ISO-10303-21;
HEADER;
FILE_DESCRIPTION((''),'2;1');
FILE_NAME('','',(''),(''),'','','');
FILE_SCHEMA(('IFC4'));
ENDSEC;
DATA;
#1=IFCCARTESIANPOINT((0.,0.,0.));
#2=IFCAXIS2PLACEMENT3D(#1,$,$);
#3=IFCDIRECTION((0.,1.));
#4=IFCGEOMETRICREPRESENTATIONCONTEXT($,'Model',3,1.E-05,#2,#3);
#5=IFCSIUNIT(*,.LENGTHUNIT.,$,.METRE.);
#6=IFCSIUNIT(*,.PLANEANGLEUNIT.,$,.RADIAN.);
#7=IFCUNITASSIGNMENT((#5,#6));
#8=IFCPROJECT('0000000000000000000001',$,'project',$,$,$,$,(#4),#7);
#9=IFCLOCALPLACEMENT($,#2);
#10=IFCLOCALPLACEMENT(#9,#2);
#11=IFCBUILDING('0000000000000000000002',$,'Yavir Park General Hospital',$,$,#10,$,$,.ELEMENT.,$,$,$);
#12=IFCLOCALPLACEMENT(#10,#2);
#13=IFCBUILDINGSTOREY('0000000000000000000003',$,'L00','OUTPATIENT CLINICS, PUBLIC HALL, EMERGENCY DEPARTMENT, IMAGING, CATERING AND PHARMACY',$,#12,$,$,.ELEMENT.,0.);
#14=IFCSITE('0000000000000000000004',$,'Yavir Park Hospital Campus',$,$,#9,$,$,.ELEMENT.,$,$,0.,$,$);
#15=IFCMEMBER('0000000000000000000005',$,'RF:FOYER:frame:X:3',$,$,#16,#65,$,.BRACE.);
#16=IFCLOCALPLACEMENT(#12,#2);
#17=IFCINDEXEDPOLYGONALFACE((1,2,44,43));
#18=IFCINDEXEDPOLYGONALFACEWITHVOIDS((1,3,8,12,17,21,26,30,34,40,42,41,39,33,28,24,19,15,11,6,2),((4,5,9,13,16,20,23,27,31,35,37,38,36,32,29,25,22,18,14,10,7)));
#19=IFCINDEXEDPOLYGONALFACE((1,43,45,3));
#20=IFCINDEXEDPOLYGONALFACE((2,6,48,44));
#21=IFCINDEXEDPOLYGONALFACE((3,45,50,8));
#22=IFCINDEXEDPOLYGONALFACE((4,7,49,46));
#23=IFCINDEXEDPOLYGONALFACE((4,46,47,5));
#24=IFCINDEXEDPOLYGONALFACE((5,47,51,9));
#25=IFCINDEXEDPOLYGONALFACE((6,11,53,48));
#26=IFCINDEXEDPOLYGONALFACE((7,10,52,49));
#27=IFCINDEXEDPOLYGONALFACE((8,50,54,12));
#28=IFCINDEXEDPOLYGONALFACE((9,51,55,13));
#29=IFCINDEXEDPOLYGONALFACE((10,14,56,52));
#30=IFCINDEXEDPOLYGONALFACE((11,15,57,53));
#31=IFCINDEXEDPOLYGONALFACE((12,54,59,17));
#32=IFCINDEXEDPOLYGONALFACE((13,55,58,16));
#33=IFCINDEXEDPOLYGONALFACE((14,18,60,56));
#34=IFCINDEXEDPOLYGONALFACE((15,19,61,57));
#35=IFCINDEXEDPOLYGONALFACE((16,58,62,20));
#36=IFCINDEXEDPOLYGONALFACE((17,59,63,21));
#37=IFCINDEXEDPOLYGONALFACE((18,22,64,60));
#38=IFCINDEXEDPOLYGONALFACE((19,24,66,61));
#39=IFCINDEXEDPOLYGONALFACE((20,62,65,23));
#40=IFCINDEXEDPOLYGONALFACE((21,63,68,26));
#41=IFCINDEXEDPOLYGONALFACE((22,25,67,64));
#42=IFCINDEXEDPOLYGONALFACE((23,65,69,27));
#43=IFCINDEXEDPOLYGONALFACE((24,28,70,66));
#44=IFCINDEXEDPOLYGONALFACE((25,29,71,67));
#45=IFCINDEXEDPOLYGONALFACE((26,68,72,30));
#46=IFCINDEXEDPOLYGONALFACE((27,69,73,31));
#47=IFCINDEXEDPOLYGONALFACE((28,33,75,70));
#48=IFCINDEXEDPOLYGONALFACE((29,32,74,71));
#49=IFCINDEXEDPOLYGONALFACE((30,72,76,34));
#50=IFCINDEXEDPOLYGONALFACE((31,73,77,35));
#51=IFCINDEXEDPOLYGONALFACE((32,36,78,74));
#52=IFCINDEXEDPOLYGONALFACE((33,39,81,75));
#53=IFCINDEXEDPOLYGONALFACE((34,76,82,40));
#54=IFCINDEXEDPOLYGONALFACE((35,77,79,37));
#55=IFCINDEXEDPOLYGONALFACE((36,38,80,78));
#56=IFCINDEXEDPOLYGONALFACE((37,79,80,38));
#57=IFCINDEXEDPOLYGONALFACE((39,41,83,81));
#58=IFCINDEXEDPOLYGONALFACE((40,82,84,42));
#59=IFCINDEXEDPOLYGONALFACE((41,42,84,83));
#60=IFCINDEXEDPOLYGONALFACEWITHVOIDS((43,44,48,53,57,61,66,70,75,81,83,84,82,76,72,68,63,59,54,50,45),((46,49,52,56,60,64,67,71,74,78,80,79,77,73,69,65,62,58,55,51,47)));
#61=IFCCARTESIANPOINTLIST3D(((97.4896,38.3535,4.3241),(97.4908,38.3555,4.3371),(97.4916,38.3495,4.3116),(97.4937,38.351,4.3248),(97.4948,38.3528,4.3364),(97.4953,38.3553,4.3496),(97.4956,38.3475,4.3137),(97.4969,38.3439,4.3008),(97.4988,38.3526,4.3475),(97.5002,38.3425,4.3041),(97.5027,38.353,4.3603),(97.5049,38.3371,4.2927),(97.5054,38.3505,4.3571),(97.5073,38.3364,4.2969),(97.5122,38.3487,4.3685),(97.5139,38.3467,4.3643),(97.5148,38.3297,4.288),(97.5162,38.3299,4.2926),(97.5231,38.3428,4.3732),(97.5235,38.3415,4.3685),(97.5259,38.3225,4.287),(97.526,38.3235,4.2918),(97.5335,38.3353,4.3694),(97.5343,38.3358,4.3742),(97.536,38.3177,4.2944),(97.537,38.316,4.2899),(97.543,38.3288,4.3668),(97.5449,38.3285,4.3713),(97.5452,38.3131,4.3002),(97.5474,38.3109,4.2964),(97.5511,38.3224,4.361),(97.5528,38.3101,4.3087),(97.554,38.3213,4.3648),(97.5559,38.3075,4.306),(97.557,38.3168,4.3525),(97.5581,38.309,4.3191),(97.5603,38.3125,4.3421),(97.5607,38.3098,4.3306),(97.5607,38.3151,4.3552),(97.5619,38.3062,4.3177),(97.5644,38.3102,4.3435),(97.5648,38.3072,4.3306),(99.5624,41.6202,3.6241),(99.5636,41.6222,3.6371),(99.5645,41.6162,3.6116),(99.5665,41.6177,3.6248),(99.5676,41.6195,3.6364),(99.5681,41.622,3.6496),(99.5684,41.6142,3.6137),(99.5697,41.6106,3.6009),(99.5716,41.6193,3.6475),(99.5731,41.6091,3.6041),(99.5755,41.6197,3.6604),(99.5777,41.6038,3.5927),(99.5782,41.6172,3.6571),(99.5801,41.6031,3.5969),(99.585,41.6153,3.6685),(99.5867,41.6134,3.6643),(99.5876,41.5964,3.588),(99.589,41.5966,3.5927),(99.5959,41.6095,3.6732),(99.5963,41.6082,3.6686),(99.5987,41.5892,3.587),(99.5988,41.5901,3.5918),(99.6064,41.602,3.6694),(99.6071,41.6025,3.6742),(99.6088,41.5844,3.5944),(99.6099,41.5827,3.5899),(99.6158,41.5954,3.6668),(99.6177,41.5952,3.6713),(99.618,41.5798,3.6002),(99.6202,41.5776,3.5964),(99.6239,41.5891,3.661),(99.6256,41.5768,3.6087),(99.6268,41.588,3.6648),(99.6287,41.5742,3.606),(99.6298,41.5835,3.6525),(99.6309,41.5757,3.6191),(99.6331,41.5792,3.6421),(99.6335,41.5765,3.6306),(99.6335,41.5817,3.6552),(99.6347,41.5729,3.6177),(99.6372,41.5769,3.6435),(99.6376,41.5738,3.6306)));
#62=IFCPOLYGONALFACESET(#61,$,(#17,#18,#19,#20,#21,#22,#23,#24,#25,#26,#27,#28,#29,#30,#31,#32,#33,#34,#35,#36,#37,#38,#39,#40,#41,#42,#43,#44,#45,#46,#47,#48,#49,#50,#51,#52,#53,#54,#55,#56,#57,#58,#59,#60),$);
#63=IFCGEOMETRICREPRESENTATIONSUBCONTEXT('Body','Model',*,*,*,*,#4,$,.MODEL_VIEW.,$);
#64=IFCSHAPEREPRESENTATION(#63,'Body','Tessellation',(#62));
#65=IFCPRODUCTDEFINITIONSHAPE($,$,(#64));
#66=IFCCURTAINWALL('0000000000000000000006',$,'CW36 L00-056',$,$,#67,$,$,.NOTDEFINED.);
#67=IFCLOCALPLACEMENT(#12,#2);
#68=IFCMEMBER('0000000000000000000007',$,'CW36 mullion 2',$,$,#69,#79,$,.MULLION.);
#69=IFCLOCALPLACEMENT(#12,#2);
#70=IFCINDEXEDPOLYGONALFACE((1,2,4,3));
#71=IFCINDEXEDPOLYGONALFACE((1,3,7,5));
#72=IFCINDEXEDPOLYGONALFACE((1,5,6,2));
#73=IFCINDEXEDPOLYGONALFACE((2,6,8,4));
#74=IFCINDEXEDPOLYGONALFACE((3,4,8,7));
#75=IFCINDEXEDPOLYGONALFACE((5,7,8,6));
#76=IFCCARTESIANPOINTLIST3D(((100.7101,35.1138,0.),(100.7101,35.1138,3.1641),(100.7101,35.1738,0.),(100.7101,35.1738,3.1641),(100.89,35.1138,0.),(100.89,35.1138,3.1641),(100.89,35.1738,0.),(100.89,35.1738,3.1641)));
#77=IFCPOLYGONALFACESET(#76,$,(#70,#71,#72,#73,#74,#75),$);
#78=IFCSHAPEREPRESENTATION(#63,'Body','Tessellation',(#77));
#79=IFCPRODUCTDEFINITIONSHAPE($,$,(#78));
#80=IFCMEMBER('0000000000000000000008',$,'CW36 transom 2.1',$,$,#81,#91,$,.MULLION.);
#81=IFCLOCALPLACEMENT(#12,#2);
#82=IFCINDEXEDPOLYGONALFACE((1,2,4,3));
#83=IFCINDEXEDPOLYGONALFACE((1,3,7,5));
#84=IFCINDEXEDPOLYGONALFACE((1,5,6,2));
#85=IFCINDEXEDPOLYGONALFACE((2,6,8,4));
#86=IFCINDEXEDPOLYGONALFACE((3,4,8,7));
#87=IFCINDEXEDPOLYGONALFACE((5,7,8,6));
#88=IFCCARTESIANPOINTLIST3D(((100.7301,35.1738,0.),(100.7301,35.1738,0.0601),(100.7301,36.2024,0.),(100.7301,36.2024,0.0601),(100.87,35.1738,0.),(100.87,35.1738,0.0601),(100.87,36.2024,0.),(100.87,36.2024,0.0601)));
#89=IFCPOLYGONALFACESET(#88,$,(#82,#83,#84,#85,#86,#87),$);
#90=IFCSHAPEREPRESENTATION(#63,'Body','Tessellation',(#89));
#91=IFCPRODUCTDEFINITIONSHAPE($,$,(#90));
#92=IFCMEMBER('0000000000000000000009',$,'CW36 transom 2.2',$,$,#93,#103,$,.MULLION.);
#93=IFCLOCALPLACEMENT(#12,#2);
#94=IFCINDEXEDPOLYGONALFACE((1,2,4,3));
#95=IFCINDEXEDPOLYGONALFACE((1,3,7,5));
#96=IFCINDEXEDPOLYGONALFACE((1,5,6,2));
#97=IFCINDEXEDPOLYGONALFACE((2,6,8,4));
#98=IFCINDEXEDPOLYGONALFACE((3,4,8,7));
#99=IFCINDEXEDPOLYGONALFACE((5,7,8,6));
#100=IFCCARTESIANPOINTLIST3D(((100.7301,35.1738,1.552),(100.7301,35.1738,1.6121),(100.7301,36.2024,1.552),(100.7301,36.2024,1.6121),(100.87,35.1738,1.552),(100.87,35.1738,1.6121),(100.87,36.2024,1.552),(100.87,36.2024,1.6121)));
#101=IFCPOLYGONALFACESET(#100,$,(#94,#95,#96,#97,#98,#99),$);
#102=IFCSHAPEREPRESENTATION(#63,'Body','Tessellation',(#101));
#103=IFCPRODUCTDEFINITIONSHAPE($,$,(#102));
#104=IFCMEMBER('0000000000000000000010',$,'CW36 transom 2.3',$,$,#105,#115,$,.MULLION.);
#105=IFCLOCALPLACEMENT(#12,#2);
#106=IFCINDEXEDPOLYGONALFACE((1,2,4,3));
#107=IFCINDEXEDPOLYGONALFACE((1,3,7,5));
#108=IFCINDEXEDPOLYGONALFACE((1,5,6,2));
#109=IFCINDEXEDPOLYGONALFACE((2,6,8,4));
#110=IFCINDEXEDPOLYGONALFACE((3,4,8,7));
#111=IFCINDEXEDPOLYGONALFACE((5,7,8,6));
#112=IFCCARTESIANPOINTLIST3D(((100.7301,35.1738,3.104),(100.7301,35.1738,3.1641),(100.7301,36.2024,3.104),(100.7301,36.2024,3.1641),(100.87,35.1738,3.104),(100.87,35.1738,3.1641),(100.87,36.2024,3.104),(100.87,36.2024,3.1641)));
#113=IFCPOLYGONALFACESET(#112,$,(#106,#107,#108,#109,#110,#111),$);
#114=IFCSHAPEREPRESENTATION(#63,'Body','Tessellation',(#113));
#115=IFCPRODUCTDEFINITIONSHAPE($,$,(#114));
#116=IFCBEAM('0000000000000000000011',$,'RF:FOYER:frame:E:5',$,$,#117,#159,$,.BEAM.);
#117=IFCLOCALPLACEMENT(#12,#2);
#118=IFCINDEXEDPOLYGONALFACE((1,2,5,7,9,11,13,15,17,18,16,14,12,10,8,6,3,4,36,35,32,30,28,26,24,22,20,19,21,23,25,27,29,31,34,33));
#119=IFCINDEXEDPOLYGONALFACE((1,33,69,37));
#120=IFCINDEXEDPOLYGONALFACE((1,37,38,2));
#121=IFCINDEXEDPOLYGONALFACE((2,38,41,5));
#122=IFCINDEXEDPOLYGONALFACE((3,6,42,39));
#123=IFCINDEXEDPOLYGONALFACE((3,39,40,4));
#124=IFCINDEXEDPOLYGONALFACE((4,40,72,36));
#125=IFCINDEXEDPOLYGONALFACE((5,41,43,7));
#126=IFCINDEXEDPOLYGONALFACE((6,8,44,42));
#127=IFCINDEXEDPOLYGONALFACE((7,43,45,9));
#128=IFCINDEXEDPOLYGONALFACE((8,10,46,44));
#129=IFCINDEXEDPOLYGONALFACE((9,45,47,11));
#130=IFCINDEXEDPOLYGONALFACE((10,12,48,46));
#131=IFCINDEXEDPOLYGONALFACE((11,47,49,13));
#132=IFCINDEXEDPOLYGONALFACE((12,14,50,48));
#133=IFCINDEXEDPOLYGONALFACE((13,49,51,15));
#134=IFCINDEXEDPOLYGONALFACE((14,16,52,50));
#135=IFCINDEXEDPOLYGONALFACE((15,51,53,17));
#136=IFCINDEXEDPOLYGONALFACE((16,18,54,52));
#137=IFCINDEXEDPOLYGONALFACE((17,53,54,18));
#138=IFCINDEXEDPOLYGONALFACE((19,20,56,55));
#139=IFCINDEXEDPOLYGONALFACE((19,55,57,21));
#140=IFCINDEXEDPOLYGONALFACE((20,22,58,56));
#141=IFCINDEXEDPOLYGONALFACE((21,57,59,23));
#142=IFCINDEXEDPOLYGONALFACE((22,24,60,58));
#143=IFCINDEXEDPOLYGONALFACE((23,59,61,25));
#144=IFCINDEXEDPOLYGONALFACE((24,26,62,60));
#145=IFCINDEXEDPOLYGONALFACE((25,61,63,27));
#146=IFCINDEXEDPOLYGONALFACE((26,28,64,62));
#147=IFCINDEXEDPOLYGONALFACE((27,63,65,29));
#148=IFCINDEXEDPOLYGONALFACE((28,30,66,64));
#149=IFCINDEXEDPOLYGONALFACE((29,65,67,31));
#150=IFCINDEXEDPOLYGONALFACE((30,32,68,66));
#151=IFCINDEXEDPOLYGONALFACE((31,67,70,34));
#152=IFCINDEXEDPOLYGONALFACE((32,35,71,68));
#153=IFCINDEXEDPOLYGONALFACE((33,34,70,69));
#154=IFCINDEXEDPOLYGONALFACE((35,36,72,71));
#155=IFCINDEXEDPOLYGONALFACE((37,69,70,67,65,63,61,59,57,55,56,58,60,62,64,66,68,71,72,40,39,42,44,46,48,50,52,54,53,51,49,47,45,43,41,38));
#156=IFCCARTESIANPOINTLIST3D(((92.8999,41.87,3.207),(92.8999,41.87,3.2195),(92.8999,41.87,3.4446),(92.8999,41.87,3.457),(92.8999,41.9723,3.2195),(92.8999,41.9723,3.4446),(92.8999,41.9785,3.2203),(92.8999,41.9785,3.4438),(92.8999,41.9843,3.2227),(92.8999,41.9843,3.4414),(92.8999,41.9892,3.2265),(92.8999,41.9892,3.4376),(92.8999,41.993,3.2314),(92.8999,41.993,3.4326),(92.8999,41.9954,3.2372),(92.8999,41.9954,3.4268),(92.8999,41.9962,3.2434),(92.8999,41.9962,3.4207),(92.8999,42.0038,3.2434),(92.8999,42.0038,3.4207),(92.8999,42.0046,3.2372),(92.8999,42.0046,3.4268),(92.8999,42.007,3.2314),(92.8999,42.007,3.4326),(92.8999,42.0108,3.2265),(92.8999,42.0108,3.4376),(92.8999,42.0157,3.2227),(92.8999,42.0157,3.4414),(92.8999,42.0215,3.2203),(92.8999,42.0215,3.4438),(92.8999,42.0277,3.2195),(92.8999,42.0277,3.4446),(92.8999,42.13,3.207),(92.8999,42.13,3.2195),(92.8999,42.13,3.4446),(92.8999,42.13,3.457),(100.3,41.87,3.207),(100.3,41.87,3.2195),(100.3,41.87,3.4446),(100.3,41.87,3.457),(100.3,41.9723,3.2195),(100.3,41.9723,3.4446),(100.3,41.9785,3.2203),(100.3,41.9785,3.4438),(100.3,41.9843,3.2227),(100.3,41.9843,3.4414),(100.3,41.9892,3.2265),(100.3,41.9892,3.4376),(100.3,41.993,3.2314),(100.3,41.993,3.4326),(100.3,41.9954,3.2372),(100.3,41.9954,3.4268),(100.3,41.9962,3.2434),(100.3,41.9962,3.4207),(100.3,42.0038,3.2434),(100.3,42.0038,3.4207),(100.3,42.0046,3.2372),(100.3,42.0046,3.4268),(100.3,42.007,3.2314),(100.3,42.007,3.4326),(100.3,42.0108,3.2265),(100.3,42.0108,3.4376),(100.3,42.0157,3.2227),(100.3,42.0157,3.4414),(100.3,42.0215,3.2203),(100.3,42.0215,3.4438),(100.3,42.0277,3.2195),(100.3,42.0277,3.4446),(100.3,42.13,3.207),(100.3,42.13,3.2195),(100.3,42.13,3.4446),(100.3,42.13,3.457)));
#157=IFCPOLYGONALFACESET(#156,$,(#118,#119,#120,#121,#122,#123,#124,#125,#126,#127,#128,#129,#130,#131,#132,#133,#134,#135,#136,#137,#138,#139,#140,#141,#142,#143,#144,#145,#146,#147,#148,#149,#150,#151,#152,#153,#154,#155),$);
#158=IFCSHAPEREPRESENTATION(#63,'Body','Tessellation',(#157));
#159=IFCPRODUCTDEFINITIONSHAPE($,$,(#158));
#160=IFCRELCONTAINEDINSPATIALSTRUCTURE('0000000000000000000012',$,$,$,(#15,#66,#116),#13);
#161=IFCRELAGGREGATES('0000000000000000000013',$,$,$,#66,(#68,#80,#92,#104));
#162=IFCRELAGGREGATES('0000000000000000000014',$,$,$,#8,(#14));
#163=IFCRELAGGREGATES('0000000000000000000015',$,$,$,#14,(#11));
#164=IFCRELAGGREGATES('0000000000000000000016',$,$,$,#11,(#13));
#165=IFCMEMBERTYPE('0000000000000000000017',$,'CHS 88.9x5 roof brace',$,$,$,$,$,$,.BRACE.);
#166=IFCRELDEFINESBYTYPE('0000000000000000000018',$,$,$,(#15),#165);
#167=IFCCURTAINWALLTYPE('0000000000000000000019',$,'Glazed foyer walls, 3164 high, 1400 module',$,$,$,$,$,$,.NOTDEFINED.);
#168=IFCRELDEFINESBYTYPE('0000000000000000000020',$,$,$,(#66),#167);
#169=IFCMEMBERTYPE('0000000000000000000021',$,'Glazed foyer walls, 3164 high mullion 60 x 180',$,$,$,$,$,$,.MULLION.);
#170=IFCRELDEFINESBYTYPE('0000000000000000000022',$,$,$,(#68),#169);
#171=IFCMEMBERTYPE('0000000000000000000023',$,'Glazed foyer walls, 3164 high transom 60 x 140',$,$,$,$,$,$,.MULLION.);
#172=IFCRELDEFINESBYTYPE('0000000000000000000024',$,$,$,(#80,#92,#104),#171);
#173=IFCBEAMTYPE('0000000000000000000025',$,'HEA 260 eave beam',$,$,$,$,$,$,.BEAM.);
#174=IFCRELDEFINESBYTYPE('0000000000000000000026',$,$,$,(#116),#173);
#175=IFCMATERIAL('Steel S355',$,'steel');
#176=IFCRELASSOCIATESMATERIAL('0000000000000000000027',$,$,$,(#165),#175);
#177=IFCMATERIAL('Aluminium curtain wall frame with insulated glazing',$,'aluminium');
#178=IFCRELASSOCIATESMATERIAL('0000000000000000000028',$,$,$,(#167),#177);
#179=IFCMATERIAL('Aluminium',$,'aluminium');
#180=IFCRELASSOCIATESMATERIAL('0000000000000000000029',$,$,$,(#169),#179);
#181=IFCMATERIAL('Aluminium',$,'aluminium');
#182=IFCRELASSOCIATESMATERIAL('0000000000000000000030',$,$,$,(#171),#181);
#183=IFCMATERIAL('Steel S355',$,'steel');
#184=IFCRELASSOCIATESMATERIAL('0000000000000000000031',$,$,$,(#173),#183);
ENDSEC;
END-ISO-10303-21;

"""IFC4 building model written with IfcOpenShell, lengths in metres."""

from ifc_helpers import new_model, si_unit, direction, frame, origin, origin_2d, place, context, subcontext, project, spatial, rectangle, hollow_circle, i_section, extrude, material, material_profile, profile_set, type_object, element, aggregate, save


model = new_model("IFC4")

# Units and contexts
model_context = context("Model", 3, precision=1e-05, world=origin(), true_north=direction((0.0, 1.0)))
body_context = subcontext(model_context, "Body", "Model", "MODEL_VIEW")
ifc_project = project(units=[si_unit("LENGTHUNIT", "METRE"), si_unit("PLANEANGLEUNIT", "RADIAN")], contexts=[model_context])

# Site, building, storey
site_placement = place(None, origin())
site = spatial("IfcSite", under=ifc_project, at=site_placement, Name="Yavir Park Hospital Campus", CompositionType="ELEMENT", RefElevation=0.0)
building_placement = place(site_placement, origin())
building = spatial("IfcBuilding", under=site, at=building_placement, Name="Yavir Park General Hospital", CompositionType="ELEMENT")
storey_placement = place(building_placement, origin())
storey = spatial("IfcBuildingStorey", under=building, at=storey_placement, Name="L00", Description="OUTPATIENT CLINICS, PUBLIC HALL, EMERGENCY DEPARTMENT, IMAGING, CATERING AND PHARMACY", CompositionType="ELEMENT", Elevation=0.0)

# Member
ifc_material_1 = material(Name="Steel S355", Category="steel")
ifc_material_profile_1 = material_profile(ifc_material_1, hollow_circle(Radius=0.0444, WallThickness=0.0049, at=origin_2d()), Name="CHS88.9x5")
ifc_profile_set_1 = profile_set([ifc_material_profile_1], Name="Steel S355")
member_type_1 = type_object("IfcMemberType", Name="CHS 88.9x5 roof brace", PredefinedType="BRACE", material=ifc_profile_set_1)
member_1_placement = place(storey_placement, frame((99.6001, 41.5977, 3.6306), z_axis=(-0.527213, -0.830873, 0.178035), x_axis=(0.844362, -0.535773, 0.0)))
element("IfcMember", 1, at=member_1_placement, inside=storey, type_object=member_type_1, Name="RF:FOYER:frame:X:3", PredefinedType="BRACE", context=body_context, shape_type="SweptSolid", body=[
    extrude(hollow_circle(Radius=0.0444, WallThickness=0.0049, at=origin_2d()), origin(), (0.0, 0.0, 1.0), 3.9316),
])

# Curtain wall, members
ifc_material_2 = material(Name="Aluminium curtain wall frame with insulated glazing", Category="aluminium")
curtain_wall_type = type_object("IfcCurtainWallType", Name="Glazed foyer walls, 3164 high, 1400 module", PredefinedType="NOTDEFINED", material=ifc_material_2)
curtain_wall_placement = place(storey_placement, origin())
curtain_wall = element("IfcCurtainWall", 2, at=curtain_wall_placement, inside=storey, type_object=curtain_wall_type, Name="CW36 L00-056", PredefinedType="NOTDEFINED")
ifc_material_3 = material(Name="Aluminium", Category="aluminium")
ifc_material_profile_2 = material_profile(ifc_material_3, rectangle(XDim=0.1799, YDim=0.0601, at=origin_2d()), Name="AL 60x180")
ifc_profile_set_2 = profile_set([ifc_material_profile_2], Name="Aluminium")
member_type_2 = type_object("IfcMemberType", Name="Glazed foyer walls, 3164 high mullion 60 x 180", PredefinedType="MULLION", material=ifc_profile_set_2)
member_2_placement = place(storey_placement, frame((100.8, 35.1438, 0.0), z_axis=(0.0, 0.0, 1.0), x_axis=(-1.0, 0.0, 0.0)))
member_2 = element("IfcMember", 3, at=member_2_placement, type_object=member_type_2, Name="CW36 mullion 2", PredefinedType="MULLION", context=body_context, shape_type="SweptSolid", body=[
    extrude(rectangle(XDim=0.1799, YDim=0.0601, at=origin_2d()), origin(), (0.0, 0.0, 1.0), 3.1641),
])
ifc_material_4 = material(Name="Aluminium", Category="aluminium")
ifc_material_profile_3 = material_profile(ifc_material_4, rectangle(XDim=0.1399, YDim=0.0601, at=origin_2d()), Name="AL 140x60")
ifc_profile_set_3 = profile_set([ifc_material_profile_3], Name="Aluminium")
member_type_3 = type_object("IfcMemberType", Name="Glazed foyer walls, 3164 high transom 60 x 140", PredefinedType="MULLION", material=ifc_profile_set_3)
member_3_placement = place(storey_placement, frame((100.8, 35.1738, 0.03), z_axis=(0.0, 1.0, 0.0), x_axis=(-1.0, 0.0, 0.0)))
member_3 = element("IfcMember", 4, at=member_3_placement, type_object=member_type_3, Name="CW36 transom 2.1", PredefinedType="MULLION", context=body_context, shape_type="SweptSolid", body=[
    extrude(rectangle(XDim=0.1399, YDim=0.0601, at=origin_2d()), origin(), (0.0, 0.0, 1.0), 1.0286),
])
member_4_placement = place(storey_placement, frame((100.8, 35.1738, 1.582), z_axis=(0.0, 1.0, 0.0), x_axis=(-1.0, 0.0, 0.0)))
member_4 = element("IfcMember", 5, at=member_4_placement, type_object=member_type_3, Name="CW36 transom 2.2", PredefinedType="MULLION", context=body_context, shape_type="SweptSolid", body=[
    extrude(rectangle(XDim=0.1399, YDim=0.0601, at=origin_2d()), origin(), (0.0, 0.0, 1.0), 1.0286),
])
member_5_placement = place(storey_placement, frame((100.8, 35.1738, 3.134), z_axis=(0.0, 1.0, 0.0), x_axis=(-1.0, 0.0, 0.0)))
member_5 = element("IfcMember", 6, at=member_5_placement, type_object=member_type_3, Name="CW36 transom 2.3", PredefinedType="MULLION", context=body_context, shape_type="SweptSolid", body=[
    extrude(rectangle(XDim=0.1399, YDim=0.0601, at=origin_2d()), origin(), (0.0, 0.0, 1.0), 1.0286),
])

# Beam
ifc_material_5 = material(Name="Steel S355", Category="steel")
ifc_material_profile_4 = material_profile(ifc_material_5, i_section(OverallWidth=0.26, OverallDepth=0.25, WebThickness=0.0076, FlangeThickness=0.0125, FilletRadius=0.0239, at=origin_2d()), Name="HEA260")
ifc_profile_set_4 = profile_set([ifc_material_profile_4], Name="Steel S355")
beam_type_1 = type_object("IfcBeamType", Name="HEA 260 eave beam", PredefinedType="BEAM", material=ifc_profile_set_4)
beam_1_placement = place(storey_placement, frame((92.8999, 42.0, 3.332), z_axis=(1.0, 0.0, 0.0), x_axis=(0.0, 1.0, 0.0)))
element("IfcBeam", 7, at=beam_1_placement, inside=storey, type_object=beam_type_1, Name="RF:FOYER:frame:E:5", PredefinedType="BEAM", context=body_context, shape_type="SweptSolid", body=[
    extrude(i_section(OverallWidth=0.26, OverallDepth=0.25, WebThickness=0.0076, FlangeThickness=0.0125, FilletRadius=0.0239, at=origin_2d()), origin(), (0.0, 0.0, 1.0), 7.4001),
])

aggregate(curtain_wall, [member_2, member_3, member_4, member_5])

save(model, "model.ifc")
